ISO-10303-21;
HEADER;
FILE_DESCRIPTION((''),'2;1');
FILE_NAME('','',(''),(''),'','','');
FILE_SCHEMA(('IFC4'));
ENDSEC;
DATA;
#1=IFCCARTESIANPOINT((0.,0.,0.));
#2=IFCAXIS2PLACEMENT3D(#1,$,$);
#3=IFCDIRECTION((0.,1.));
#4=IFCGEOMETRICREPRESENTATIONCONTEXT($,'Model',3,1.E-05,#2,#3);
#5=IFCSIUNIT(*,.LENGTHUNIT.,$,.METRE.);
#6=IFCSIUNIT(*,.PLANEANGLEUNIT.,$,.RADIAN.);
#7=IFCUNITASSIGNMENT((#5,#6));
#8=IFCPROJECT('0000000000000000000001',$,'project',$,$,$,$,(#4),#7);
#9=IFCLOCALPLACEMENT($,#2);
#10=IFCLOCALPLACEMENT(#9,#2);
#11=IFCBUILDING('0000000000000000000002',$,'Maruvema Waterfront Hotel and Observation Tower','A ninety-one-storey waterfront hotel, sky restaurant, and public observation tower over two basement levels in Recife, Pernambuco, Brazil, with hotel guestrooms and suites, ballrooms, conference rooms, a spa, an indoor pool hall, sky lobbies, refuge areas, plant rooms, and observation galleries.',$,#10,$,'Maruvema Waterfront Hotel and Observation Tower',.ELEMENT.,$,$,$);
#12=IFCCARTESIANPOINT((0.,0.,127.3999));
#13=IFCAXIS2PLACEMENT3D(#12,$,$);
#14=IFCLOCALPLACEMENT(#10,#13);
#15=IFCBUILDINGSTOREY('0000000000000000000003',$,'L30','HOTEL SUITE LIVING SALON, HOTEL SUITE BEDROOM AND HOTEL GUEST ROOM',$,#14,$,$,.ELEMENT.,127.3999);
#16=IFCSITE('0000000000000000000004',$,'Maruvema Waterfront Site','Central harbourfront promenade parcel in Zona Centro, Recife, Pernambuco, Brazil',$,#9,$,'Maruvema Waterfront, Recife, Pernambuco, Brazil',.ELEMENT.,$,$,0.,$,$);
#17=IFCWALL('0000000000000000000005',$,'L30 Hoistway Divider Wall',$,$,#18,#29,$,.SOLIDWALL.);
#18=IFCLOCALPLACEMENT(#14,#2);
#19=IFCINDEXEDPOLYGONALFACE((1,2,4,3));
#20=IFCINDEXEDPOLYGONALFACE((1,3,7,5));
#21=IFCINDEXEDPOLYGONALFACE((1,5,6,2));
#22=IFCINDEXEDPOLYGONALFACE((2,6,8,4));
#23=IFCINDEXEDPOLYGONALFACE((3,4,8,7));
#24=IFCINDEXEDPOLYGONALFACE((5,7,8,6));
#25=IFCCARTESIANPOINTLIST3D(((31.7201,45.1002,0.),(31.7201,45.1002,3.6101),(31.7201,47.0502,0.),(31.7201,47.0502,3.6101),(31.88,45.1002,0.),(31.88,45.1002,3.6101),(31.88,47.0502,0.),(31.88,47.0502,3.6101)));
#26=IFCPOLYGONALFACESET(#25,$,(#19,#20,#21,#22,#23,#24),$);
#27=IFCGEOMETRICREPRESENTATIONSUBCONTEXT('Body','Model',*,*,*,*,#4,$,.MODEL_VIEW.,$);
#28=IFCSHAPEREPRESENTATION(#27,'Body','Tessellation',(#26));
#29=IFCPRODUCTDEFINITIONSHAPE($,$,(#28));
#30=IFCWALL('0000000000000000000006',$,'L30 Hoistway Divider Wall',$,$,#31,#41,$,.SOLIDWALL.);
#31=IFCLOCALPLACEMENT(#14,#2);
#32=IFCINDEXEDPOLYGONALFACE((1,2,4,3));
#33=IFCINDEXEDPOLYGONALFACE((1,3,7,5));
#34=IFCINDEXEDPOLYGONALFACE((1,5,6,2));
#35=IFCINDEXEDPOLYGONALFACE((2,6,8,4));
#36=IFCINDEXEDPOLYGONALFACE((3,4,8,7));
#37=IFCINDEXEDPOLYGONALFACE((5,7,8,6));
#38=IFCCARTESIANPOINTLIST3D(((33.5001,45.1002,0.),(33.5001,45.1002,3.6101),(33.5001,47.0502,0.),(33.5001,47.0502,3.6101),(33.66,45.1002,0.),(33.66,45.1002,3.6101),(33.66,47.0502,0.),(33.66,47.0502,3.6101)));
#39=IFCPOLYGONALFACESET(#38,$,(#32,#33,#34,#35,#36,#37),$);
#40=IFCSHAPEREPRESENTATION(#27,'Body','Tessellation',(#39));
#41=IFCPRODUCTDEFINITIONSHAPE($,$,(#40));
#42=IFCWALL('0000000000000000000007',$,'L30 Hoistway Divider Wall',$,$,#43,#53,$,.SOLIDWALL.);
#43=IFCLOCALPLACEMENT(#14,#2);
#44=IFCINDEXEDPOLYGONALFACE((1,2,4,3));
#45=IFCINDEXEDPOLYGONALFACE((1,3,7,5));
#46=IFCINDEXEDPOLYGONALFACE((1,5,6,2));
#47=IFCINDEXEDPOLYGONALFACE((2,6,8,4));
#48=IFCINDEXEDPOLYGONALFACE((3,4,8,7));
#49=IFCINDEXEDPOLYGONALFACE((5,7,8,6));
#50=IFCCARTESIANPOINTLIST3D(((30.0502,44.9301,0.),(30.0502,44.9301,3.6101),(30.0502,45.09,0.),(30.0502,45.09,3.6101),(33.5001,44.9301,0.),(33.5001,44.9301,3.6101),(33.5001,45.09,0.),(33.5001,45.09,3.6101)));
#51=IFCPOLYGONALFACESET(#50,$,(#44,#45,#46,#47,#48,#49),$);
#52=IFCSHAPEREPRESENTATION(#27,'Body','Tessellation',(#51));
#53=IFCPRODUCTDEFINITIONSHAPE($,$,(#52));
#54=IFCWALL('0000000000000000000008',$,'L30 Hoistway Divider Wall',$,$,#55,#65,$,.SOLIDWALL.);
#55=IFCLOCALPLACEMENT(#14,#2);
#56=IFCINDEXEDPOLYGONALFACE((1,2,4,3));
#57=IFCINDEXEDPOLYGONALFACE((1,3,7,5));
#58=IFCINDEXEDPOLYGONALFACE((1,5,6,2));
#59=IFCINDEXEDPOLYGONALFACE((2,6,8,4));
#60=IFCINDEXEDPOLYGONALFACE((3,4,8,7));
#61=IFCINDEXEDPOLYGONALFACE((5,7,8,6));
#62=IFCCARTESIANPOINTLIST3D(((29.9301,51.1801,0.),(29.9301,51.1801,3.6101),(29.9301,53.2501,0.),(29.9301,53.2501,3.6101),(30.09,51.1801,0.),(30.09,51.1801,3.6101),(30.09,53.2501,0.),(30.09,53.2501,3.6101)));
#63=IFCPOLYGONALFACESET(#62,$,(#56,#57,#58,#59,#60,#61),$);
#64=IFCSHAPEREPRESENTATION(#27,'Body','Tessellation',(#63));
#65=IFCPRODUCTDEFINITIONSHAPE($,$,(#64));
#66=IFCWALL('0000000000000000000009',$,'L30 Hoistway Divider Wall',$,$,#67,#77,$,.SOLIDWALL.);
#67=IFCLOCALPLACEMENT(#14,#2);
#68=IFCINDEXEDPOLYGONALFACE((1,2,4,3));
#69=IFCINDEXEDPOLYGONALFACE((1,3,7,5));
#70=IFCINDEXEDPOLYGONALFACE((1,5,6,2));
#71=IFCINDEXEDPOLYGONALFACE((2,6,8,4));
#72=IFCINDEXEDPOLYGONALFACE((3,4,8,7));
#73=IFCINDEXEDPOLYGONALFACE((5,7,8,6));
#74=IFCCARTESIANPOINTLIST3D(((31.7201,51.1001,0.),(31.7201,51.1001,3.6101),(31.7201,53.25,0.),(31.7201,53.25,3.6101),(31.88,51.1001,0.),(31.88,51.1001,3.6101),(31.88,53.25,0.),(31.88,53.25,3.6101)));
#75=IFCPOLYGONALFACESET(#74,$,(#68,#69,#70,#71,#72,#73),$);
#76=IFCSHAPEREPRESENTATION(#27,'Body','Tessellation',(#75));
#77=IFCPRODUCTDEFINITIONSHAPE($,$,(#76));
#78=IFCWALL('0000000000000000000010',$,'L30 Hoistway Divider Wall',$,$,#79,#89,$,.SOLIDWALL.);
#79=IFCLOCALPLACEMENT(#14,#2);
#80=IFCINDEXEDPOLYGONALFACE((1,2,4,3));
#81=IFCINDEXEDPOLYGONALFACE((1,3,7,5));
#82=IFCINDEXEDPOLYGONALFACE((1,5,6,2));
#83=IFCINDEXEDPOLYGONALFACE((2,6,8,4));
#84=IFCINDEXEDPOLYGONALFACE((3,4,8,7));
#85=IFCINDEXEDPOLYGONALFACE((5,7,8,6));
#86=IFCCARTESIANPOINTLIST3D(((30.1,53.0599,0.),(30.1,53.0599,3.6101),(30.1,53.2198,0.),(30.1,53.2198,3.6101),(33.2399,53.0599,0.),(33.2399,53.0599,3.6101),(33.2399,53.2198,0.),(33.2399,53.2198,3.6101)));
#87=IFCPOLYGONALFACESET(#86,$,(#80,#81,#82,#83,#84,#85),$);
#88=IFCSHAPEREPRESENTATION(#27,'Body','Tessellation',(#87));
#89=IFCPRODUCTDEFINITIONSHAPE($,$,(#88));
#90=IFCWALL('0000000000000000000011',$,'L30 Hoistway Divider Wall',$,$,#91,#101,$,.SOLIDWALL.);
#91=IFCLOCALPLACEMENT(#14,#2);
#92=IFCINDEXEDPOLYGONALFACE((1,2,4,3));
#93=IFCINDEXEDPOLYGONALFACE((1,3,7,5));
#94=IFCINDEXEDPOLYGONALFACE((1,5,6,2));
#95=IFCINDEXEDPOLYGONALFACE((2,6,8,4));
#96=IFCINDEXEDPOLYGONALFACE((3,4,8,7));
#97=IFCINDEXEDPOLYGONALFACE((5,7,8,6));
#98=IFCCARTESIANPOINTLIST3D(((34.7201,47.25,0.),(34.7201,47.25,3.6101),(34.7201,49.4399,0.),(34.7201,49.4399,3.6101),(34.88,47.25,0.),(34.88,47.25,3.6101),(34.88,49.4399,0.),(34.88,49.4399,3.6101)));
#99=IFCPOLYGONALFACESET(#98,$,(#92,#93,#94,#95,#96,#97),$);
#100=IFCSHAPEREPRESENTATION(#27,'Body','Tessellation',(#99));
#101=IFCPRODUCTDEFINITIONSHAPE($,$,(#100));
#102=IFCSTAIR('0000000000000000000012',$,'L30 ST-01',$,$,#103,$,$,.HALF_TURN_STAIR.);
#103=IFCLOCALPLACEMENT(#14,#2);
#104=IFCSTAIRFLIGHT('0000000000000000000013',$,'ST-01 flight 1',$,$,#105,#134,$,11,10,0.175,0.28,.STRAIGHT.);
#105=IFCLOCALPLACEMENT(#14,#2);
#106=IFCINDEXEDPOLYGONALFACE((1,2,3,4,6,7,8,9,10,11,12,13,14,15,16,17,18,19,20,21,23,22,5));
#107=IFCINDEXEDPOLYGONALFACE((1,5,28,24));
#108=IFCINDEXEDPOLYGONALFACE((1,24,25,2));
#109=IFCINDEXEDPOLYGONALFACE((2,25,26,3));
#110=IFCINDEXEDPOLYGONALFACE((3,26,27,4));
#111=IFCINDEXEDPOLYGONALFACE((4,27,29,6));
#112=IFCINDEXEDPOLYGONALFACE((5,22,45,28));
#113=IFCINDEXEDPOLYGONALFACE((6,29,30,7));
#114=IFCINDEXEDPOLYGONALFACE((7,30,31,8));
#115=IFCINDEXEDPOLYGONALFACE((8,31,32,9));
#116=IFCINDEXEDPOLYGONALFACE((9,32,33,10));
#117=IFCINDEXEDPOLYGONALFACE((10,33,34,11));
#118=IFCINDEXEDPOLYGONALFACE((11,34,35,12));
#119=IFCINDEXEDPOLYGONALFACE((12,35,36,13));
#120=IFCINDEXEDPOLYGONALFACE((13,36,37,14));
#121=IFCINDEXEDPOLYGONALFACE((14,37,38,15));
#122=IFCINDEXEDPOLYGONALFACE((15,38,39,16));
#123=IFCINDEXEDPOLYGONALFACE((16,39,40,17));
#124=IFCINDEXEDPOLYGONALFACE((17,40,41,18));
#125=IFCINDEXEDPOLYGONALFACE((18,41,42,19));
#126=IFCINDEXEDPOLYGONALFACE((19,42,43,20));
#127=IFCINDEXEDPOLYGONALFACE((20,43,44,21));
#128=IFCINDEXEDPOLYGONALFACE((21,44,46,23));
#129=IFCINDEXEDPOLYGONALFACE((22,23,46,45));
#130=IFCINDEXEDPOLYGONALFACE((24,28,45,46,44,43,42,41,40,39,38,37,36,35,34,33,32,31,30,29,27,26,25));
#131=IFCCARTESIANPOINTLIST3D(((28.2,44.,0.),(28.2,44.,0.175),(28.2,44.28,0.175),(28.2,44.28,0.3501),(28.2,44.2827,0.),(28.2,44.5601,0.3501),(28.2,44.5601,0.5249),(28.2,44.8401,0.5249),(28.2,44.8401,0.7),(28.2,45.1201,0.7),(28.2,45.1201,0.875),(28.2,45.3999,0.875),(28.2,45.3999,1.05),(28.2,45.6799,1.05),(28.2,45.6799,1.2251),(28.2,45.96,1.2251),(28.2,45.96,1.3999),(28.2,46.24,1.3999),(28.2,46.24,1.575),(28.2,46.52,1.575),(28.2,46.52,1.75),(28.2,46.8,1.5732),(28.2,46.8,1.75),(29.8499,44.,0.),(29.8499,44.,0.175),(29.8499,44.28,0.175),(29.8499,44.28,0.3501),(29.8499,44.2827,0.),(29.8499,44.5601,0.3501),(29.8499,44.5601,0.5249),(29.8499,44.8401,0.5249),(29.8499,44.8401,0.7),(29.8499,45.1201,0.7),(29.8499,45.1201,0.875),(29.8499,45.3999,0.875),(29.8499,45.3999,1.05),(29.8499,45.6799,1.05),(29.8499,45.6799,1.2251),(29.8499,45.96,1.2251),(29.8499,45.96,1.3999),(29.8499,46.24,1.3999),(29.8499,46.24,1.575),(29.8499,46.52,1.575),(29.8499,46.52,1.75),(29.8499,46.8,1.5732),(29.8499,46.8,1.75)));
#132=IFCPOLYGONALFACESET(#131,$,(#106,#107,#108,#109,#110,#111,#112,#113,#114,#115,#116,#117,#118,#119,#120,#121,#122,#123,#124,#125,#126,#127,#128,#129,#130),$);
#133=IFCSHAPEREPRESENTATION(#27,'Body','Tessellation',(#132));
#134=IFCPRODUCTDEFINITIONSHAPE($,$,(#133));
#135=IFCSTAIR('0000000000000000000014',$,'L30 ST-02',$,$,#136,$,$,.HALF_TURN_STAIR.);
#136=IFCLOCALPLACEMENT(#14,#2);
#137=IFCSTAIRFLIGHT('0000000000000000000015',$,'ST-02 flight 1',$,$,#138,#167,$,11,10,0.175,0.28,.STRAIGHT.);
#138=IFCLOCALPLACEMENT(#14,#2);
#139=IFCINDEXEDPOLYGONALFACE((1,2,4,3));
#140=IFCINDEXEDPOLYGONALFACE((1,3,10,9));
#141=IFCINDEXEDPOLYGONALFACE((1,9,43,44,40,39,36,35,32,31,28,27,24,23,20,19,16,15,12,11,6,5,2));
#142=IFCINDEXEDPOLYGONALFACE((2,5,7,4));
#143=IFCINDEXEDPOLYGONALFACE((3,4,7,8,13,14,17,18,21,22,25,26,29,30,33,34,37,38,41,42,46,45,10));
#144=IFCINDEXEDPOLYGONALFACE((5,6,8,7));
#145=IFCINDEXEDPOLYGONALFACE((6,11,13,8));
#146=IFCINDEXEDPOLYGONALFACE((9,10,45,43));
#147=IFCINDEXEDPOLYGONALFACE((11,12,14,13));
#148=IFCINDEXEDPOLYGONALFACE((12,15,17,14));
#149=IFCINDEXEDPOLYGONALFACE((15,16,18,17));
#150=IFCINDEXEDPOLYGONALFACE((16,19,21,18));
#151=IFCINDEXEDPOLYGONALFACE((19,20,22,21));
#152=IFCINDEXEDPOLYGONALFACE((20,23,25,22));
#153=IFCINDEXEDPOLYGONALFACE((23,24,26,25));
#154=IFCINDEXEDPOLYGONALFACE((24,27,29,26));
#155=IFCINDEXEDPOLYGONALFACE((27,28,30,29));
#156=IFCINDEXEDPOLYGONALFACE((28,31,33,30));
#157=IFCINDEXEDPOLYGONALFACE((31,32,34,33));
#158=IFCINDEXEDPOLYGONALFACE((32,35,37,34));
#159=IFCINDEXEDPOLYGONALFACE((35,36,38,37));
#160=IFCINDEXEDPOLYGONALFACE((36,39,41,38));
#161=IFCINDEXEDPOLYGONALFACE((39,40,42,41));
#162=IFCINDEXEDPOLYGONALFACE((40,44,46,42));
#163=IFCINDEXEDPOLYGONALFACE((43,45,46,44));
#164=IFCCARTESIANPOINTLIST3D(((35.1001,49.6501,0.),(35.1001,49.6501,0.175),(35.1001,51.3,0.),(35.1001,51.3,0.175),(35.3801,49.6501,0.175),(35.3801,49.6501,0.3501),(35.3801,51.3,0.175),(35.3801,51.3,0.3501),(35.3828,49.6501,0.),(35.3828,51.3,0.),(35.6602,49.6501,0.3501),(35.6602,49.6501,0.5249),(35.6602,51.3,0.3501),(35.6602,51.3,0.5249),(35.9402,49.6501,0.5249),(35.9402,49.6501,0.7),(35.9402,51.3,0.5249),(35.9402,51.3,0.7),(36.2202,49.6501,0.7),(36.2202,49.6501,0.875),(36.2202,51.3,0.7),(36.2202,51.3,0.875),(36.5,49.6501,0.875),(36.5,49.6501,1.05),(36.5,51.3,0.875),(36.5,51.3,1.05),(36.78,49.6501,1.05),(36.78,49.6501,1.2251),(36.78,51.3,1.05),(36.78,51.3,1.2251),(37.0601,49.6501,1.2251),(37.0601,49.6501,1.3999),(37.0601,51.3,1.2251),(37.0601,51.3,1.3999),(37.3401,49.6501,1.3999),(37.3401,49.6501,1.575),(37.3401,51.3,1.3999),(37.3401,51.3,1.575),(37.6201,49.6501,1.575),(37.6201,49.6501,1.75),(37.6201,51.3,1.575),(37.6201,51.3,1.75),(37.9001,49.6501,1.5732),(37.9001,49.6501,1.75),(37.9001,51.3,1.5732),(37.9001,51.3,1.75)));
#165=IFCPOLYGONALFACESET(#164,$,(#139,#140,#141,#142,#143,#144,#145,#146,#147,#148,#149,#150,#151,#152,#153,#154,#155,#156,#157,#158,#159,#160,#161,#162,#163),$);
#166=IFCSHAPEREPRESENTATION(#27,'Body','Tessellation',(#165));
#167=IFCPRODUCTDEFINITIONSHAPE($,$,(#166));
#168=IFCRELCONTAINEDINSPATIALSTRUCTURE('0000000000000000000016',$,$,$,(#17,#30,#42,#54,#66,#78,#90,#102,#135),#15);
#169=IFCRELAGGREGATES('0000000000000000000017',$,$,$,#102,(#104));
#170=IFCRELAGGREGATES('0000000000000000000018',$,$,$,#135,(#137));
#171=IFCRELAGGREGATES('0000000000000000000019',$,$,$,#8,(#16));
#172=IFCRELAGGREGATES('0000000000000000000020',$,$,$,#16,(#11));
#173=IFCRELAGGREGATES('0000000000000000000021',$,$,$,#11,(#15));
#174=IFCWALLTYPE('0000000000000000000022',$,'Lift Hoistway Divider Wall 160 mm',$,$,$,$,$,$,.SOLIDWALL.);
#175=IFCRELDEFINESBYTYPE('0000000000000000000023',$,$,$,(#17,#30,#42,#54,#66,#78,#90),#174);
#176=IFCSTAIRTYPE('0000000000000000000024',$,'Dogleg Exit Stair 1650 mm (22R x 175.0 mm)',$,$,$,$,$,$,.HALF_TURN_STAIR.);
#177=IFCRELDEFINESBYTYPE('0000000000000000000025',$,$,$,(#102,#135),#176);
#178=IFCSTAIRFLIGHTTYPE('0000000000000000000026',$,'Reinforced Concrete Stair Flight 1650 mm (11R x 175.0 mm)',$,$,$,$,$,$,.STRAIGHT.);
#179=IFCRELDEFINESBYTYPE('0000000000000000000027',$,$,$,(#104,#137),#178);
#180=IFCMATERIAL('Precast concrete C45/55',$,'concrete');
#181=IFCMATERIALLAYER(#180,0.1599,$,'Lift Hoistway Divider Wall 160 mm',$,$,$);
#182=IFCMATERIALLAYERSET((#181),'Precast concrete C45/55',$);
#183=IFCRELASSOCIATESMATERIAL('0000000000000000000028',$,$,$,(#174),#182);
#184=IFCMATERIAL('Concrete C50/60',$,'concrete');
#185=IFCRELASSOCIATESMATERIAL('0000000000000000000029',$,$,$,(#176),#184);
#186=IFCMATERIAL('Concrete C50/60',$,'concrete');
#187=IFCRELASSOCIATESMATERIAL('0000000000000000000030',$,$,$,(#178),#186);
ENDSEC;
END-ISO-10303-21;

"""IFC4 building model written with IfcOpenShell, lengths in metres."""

from ifc_helpers import new_model, si_unit, direction, frame, frame_2d, origin, place, context, subcontext, project, spatial, polyline, rectangle, outline, extrude, material, layer, layer_set, type_object, element, aggregate, save


model = new_model("IFC4")

# Units and contexts
model_context = context("Model", 3, precision=1e-05, world=origin(), true_north=direction((0.0, 1.0)))
body_context = subcontext(model_context, "Body", "Model", "MODEL_VIEW")
ifc_project = project(units=[si_unit("LENGTHUNIT", "METRE"), si_unit("PLANEANGLEUNIT", "RADIAN")], contexts=[model_context])

# Site, building, storey
site_placement = place(None, origin())
site = spatial("IfcSite", under=ifc_project, at=site_placement, Name="Maruvema Waterfront Site", Description="Central harbourfront promenade parcel in Zona Centro, Recife, Pernambuco, Brazil", LongName="Maruvema Waterfront, Recife, Pernambuco, Brazil", CompositionType="ELEMENT", RefElevation=0.0)
building_placement = place(site_placement, origin())
building = spatial("IfcBuilding", under=site, at=building_placement, Name="Maruvema Waterfront Hotel and Observation Tower", Description="A ninety-one-storey waterfront hotel, sky restaurant, and public observation tower over two basement levels in Recife, Pernambuco, Brazil, with hotel guestrooms and suites, ballrooms, conference rooms, a spa, an indoor pool hall, sky lobbies, refuge areas, plant rooms, and observation galleries.", LongName="Maruvema Waterfront Hotel and Observation Tower", CompositionType="ELEMENT")
storey_placement = place(building_placement, frame((0.0, 0.0, 127.3999)))
storey = spatial("IfcBuildingStorey", under=building, at=storey_placement, Name="L30", Description="HOTEL SUITE LIVING SALON, HOTEL SUITE BEDROOM AND HOTEL GUEST ROOM", CompositionType="ELEMENT", Elevation=127.3999)

# Walls
ifc_material_1 = material(Name="Precast concrete C45/55", Category="concrete")
ifc_layer_1 = layer(ifc_material_1, 0.1599, Name="Lift Hoistway Divider Wall 160 mm")
ifc_layer_set_1 = layer_set([ifc_layer_1], Name="Precast concrete C45/55")
wall_type_1 = type_object("IfcWallType", Name="Lift Hoistway Divider Wall 160 mm", PredefinedType="SOLIDWALL", material=ifc_layer_set_1)
for number, where, z_axis, x_axis, name in (
    (1, (31.8, 45.1001, 0.0), (0.0, 0.0, 1.0), (0.0, 1.0, 0.0), "L30 Hoistway Divider Wall"),
    (2, (33.5801, 45.1001, 0.0), (0.0, 0.0, 1.0), (0.0, 1.0, 0.0), "L30 Hoistway Divider Wall"),
):
    element("IfcWall", number, at=place(storey_placement, frame(where, z_axis=z_axis, x_axis=x_axis)), inside=storey, type_object=wall_type_1, Name=name, PredefinedType="SOLIDWALL", context=body_context, shape_type="SweptSolid", body=[
        extrude(rectangle(XDim=1.95, YDim=0.1599, at=frame_2d((0.9751, 0.0))), origin(), (0.0, 0.0, 1.0), 3.6101),
    ])
wall_1_placement = place(storey_placement, frame((30.05, 45.01, 0.0), z_axis=(0.0, 0.0, 1.0), x_axis=(1.0, 0.0, 0.0)))
element("IfcWall", 3, at=wall_1_placement, inside=storey, type_object=wall_type_1, Name="L30 Hoistway Divider Wall", PredefinedType="SOLIDWALL", context=body_context, shape_type="SweptSolid", body=[
    extrude(rectangle(XDim=3.45, YDim=0.1599, at=frame_2d((1.7251, 0.0))), origin(), (0.0, 0.0, 1.0), 3.6101),
])
wall_2_placement = place(storey_placement, frame((30.01, 51.1799, 0.0), z_axis=(0.0, 0.0, 1.0), x_axis=(0.0, 1.0, 0.0)))
element("IfcWall", 4, at=wall_2_placement, inside=storey, type_object=wall_type_1, Name="L30 Hoistway Divider Wall", PredefinedType="SOLIDWALL", context=body_context, shape_type="SweptSolid", body=[
    extrude(rectangle(XDim=2.0701, YDim=0.1599, at=frame_2d((1.0352, 0.0))), origin(), (0.0, 0.0, 1.0), 3.6101),
])
wall_3_placement = place(storey_placement, frame((31.8, 51.1001, 0.0), z_axis=(0.0, 0.0, 1.0), x_axis=(0.0, 1.0, 0.0)))
element("IfcWall", 5, at=wall_3_placement, inside=storey, type_object=wall_type_1, Name="L30 Hoistway Divider Wall", PredefinedType="SOLIDWALL", context=body_context, shape_type="SweptSolid", body=[
    extrude(rectangle(XDim=2.1499, YDim=0.1599, at=frame_2d((1.075, 0.0))), origin(), (0.0, 0.0, 1.0), 3.6101),
])
wall_4_placement = place(storey_placement, frame((30.1001, 53.1399, 0.0), z_axis=(0.0, 0.0, 1.0), x_axis=(1.0, 0.0, 0.0)))
element("IfcWall", 6, at=wall_4_placement, inside=storey, type_object=wall_type_1, Name="L30 Hoistway Divider Wall", PredefinedType="SOLIDWALL", context=body_context, shape_type="SweptSolid", body=[
    extrude(rectangle(XDim=3.1399, YDim=0.1599, at=frame_2d((1.5698, 0.0))), origin(), (0.0, 0.0, 1.0), 3.6101),
])
wall_5_placement = place(storey_placement, frame((34.8, 47.25, 0.0), z_axis=(0.0, 0.0, 1.0), x_axis=(0.0, 1.0, 0.0)))
element("IfcWall", 7, at=wall_5_placement, inside=storey, type_object=wall_type_1, Name="L30 Hoistway Divider Wall", PredefinedType="SOLIDWALL", context=body_context, shape_type="SweptSolid", body=[
    extrude(rectangle(XDim=2.1899, YDim=0.1599, at=frame_2d((1.095, 0.0))), origin(), (0.0, 0.0, 1.0), 3.6101),
])

# Stairs, stair flights
ifc_material_2 = material(Name="Concrete C50/60", Category="concrete")
stair_type = type_object("IfcStairType", Name="Dogleg Exit Stair 1650 mm (22R x 175.0 mm)", PredefinedType="HALF_TURN_STAIR", material=ifc_material_2)
stair_1_placement = place(storey_placement, origin())
stair_1 = element("IfcStair", 8, at=stair_1_placement, inside=storey, type_object=stair_type, Name="L30 ST-01", PredefinedType="HALF_TURN_STAIR")
ifc_material_3 = material(Name="Concrete C50/60", Category="concrete")
stair_flight_type = type_object("IfcStairFlightType", Name="Reinforced Concrete Stair Flight 1650 mm (11R x 175.0 mm)", PredefinedType="STRAIGHT", material=ifc_material_3)
stair_flight_1_placement = place(storey_placement, frame((29.0249, 44.0, 0.0), z_axis=(0.0, 0.0, 1.0), x_axis=(0.0, 1.0, 0.0)))
stair_flight_1 = element("IfcStairFlight", 9, at=stair_flight_1_placement, type_object=stair_flight_type, Name="ST-01 flight 1", NumberOfRisers=11, NumberOfTreads=10, PredefinedType="STRAIGHT", RiserHeight=0.175, TreadLength=0.28, context=body_context, shape_type="SweptSolid", body=[
    extrude(outline(polyline([(0.0, 0.0), (0.0, 0.175), (0.28, 0.175), (0.28, 0.3501), (0.5601, 0.3501), (0.5601, 0.5249), (0.8401, 0.5249), (0.8401, 0.7), (1.1201, 0.7), (1.1201, 0.875), (1.3999, 0.875), (1.3999, 1.05), (1.6799, 1.05), (1.6799, 1.2251), (1.96, 1.2251), (1.96, 1.3999), (2.24, 1.3999), (2.24, 1.575), (2.52, 1.575), (2.52, 1.75), (2.8, 1.75), (2.8, 1.925), (2.8, 1.5732), (0.2827, 0.0), (0.0, 0.0)])), frame((0.0, 0.825, 0.0), z_axis=(0.0, -1.0, 0.0), x_axis=(1.0, 0.0, 0.0)), (0.0, 0.0, 1.0), 1.6499),
])
aggregate(stair_1, [stair_flight_1])
stair_2_placement = place(storey_placement, origin())
stair_2 = element("IfcStair", 10, at=stair_2_placement, inside=storey, type_object=stair_type, Name="L30 ST-02", PredefinedType="HALF_TURN_STAIR")
stair_flight_2_placement = place(storey_placement, frame((35.1001, 50.4751, 0.0), z_axis=(0.0, 0.0, 1.0), x_axis=(1.0, 0.0, 0.0)))
stair_flight_2 = element("IfcStairFlight", 11, at=stair_flight_2_placement, type_object=stair_flight_type, Name="ST-02 flight 1", NumberOfRisers=11, NumberOfTreads=10, PredefinedType="STRAIGHT", RiserHeight=0.175, TreadLength=0.28, context=body_context, shape_type="SweptSolid", body=[
    extrude(outline(polyline([(0.0, 0.0), (0.0, 0.175), (0.28, 0.175), (0.28, 0.3501), (0.5601, 0.3501), (0.5601, 0.5249), (0.8401, 0.5249), (0.8401, 0.7), (1.1201, 0.7), (1.1201, 0.875), (1.3999, 0.875), (1.3999, 1.05), (1.6799, 1.05), (1.6799, 1.2251), (1.96, 1.2251), (1.96, 1.3999), (2.24, 1.3999), (2.24, 1.575), (2.52, 1.575), (2.52, 1.75), (2.8, 1.75), (2.8, 1.925), (2.8, 1.5732), (0.2827, 0.0), (0.0, 0.0)])), frame((0.0, 0.825, 0.0), z_axis=(0.0, -1.0, 0.0), x_axis=(1.0, 0.0, 0.0)), (0.0, 0.0, 1.0), 1.6499),
])
aggregate(stair_2, [stair_flight_2])

save(model, "model.ifc")
